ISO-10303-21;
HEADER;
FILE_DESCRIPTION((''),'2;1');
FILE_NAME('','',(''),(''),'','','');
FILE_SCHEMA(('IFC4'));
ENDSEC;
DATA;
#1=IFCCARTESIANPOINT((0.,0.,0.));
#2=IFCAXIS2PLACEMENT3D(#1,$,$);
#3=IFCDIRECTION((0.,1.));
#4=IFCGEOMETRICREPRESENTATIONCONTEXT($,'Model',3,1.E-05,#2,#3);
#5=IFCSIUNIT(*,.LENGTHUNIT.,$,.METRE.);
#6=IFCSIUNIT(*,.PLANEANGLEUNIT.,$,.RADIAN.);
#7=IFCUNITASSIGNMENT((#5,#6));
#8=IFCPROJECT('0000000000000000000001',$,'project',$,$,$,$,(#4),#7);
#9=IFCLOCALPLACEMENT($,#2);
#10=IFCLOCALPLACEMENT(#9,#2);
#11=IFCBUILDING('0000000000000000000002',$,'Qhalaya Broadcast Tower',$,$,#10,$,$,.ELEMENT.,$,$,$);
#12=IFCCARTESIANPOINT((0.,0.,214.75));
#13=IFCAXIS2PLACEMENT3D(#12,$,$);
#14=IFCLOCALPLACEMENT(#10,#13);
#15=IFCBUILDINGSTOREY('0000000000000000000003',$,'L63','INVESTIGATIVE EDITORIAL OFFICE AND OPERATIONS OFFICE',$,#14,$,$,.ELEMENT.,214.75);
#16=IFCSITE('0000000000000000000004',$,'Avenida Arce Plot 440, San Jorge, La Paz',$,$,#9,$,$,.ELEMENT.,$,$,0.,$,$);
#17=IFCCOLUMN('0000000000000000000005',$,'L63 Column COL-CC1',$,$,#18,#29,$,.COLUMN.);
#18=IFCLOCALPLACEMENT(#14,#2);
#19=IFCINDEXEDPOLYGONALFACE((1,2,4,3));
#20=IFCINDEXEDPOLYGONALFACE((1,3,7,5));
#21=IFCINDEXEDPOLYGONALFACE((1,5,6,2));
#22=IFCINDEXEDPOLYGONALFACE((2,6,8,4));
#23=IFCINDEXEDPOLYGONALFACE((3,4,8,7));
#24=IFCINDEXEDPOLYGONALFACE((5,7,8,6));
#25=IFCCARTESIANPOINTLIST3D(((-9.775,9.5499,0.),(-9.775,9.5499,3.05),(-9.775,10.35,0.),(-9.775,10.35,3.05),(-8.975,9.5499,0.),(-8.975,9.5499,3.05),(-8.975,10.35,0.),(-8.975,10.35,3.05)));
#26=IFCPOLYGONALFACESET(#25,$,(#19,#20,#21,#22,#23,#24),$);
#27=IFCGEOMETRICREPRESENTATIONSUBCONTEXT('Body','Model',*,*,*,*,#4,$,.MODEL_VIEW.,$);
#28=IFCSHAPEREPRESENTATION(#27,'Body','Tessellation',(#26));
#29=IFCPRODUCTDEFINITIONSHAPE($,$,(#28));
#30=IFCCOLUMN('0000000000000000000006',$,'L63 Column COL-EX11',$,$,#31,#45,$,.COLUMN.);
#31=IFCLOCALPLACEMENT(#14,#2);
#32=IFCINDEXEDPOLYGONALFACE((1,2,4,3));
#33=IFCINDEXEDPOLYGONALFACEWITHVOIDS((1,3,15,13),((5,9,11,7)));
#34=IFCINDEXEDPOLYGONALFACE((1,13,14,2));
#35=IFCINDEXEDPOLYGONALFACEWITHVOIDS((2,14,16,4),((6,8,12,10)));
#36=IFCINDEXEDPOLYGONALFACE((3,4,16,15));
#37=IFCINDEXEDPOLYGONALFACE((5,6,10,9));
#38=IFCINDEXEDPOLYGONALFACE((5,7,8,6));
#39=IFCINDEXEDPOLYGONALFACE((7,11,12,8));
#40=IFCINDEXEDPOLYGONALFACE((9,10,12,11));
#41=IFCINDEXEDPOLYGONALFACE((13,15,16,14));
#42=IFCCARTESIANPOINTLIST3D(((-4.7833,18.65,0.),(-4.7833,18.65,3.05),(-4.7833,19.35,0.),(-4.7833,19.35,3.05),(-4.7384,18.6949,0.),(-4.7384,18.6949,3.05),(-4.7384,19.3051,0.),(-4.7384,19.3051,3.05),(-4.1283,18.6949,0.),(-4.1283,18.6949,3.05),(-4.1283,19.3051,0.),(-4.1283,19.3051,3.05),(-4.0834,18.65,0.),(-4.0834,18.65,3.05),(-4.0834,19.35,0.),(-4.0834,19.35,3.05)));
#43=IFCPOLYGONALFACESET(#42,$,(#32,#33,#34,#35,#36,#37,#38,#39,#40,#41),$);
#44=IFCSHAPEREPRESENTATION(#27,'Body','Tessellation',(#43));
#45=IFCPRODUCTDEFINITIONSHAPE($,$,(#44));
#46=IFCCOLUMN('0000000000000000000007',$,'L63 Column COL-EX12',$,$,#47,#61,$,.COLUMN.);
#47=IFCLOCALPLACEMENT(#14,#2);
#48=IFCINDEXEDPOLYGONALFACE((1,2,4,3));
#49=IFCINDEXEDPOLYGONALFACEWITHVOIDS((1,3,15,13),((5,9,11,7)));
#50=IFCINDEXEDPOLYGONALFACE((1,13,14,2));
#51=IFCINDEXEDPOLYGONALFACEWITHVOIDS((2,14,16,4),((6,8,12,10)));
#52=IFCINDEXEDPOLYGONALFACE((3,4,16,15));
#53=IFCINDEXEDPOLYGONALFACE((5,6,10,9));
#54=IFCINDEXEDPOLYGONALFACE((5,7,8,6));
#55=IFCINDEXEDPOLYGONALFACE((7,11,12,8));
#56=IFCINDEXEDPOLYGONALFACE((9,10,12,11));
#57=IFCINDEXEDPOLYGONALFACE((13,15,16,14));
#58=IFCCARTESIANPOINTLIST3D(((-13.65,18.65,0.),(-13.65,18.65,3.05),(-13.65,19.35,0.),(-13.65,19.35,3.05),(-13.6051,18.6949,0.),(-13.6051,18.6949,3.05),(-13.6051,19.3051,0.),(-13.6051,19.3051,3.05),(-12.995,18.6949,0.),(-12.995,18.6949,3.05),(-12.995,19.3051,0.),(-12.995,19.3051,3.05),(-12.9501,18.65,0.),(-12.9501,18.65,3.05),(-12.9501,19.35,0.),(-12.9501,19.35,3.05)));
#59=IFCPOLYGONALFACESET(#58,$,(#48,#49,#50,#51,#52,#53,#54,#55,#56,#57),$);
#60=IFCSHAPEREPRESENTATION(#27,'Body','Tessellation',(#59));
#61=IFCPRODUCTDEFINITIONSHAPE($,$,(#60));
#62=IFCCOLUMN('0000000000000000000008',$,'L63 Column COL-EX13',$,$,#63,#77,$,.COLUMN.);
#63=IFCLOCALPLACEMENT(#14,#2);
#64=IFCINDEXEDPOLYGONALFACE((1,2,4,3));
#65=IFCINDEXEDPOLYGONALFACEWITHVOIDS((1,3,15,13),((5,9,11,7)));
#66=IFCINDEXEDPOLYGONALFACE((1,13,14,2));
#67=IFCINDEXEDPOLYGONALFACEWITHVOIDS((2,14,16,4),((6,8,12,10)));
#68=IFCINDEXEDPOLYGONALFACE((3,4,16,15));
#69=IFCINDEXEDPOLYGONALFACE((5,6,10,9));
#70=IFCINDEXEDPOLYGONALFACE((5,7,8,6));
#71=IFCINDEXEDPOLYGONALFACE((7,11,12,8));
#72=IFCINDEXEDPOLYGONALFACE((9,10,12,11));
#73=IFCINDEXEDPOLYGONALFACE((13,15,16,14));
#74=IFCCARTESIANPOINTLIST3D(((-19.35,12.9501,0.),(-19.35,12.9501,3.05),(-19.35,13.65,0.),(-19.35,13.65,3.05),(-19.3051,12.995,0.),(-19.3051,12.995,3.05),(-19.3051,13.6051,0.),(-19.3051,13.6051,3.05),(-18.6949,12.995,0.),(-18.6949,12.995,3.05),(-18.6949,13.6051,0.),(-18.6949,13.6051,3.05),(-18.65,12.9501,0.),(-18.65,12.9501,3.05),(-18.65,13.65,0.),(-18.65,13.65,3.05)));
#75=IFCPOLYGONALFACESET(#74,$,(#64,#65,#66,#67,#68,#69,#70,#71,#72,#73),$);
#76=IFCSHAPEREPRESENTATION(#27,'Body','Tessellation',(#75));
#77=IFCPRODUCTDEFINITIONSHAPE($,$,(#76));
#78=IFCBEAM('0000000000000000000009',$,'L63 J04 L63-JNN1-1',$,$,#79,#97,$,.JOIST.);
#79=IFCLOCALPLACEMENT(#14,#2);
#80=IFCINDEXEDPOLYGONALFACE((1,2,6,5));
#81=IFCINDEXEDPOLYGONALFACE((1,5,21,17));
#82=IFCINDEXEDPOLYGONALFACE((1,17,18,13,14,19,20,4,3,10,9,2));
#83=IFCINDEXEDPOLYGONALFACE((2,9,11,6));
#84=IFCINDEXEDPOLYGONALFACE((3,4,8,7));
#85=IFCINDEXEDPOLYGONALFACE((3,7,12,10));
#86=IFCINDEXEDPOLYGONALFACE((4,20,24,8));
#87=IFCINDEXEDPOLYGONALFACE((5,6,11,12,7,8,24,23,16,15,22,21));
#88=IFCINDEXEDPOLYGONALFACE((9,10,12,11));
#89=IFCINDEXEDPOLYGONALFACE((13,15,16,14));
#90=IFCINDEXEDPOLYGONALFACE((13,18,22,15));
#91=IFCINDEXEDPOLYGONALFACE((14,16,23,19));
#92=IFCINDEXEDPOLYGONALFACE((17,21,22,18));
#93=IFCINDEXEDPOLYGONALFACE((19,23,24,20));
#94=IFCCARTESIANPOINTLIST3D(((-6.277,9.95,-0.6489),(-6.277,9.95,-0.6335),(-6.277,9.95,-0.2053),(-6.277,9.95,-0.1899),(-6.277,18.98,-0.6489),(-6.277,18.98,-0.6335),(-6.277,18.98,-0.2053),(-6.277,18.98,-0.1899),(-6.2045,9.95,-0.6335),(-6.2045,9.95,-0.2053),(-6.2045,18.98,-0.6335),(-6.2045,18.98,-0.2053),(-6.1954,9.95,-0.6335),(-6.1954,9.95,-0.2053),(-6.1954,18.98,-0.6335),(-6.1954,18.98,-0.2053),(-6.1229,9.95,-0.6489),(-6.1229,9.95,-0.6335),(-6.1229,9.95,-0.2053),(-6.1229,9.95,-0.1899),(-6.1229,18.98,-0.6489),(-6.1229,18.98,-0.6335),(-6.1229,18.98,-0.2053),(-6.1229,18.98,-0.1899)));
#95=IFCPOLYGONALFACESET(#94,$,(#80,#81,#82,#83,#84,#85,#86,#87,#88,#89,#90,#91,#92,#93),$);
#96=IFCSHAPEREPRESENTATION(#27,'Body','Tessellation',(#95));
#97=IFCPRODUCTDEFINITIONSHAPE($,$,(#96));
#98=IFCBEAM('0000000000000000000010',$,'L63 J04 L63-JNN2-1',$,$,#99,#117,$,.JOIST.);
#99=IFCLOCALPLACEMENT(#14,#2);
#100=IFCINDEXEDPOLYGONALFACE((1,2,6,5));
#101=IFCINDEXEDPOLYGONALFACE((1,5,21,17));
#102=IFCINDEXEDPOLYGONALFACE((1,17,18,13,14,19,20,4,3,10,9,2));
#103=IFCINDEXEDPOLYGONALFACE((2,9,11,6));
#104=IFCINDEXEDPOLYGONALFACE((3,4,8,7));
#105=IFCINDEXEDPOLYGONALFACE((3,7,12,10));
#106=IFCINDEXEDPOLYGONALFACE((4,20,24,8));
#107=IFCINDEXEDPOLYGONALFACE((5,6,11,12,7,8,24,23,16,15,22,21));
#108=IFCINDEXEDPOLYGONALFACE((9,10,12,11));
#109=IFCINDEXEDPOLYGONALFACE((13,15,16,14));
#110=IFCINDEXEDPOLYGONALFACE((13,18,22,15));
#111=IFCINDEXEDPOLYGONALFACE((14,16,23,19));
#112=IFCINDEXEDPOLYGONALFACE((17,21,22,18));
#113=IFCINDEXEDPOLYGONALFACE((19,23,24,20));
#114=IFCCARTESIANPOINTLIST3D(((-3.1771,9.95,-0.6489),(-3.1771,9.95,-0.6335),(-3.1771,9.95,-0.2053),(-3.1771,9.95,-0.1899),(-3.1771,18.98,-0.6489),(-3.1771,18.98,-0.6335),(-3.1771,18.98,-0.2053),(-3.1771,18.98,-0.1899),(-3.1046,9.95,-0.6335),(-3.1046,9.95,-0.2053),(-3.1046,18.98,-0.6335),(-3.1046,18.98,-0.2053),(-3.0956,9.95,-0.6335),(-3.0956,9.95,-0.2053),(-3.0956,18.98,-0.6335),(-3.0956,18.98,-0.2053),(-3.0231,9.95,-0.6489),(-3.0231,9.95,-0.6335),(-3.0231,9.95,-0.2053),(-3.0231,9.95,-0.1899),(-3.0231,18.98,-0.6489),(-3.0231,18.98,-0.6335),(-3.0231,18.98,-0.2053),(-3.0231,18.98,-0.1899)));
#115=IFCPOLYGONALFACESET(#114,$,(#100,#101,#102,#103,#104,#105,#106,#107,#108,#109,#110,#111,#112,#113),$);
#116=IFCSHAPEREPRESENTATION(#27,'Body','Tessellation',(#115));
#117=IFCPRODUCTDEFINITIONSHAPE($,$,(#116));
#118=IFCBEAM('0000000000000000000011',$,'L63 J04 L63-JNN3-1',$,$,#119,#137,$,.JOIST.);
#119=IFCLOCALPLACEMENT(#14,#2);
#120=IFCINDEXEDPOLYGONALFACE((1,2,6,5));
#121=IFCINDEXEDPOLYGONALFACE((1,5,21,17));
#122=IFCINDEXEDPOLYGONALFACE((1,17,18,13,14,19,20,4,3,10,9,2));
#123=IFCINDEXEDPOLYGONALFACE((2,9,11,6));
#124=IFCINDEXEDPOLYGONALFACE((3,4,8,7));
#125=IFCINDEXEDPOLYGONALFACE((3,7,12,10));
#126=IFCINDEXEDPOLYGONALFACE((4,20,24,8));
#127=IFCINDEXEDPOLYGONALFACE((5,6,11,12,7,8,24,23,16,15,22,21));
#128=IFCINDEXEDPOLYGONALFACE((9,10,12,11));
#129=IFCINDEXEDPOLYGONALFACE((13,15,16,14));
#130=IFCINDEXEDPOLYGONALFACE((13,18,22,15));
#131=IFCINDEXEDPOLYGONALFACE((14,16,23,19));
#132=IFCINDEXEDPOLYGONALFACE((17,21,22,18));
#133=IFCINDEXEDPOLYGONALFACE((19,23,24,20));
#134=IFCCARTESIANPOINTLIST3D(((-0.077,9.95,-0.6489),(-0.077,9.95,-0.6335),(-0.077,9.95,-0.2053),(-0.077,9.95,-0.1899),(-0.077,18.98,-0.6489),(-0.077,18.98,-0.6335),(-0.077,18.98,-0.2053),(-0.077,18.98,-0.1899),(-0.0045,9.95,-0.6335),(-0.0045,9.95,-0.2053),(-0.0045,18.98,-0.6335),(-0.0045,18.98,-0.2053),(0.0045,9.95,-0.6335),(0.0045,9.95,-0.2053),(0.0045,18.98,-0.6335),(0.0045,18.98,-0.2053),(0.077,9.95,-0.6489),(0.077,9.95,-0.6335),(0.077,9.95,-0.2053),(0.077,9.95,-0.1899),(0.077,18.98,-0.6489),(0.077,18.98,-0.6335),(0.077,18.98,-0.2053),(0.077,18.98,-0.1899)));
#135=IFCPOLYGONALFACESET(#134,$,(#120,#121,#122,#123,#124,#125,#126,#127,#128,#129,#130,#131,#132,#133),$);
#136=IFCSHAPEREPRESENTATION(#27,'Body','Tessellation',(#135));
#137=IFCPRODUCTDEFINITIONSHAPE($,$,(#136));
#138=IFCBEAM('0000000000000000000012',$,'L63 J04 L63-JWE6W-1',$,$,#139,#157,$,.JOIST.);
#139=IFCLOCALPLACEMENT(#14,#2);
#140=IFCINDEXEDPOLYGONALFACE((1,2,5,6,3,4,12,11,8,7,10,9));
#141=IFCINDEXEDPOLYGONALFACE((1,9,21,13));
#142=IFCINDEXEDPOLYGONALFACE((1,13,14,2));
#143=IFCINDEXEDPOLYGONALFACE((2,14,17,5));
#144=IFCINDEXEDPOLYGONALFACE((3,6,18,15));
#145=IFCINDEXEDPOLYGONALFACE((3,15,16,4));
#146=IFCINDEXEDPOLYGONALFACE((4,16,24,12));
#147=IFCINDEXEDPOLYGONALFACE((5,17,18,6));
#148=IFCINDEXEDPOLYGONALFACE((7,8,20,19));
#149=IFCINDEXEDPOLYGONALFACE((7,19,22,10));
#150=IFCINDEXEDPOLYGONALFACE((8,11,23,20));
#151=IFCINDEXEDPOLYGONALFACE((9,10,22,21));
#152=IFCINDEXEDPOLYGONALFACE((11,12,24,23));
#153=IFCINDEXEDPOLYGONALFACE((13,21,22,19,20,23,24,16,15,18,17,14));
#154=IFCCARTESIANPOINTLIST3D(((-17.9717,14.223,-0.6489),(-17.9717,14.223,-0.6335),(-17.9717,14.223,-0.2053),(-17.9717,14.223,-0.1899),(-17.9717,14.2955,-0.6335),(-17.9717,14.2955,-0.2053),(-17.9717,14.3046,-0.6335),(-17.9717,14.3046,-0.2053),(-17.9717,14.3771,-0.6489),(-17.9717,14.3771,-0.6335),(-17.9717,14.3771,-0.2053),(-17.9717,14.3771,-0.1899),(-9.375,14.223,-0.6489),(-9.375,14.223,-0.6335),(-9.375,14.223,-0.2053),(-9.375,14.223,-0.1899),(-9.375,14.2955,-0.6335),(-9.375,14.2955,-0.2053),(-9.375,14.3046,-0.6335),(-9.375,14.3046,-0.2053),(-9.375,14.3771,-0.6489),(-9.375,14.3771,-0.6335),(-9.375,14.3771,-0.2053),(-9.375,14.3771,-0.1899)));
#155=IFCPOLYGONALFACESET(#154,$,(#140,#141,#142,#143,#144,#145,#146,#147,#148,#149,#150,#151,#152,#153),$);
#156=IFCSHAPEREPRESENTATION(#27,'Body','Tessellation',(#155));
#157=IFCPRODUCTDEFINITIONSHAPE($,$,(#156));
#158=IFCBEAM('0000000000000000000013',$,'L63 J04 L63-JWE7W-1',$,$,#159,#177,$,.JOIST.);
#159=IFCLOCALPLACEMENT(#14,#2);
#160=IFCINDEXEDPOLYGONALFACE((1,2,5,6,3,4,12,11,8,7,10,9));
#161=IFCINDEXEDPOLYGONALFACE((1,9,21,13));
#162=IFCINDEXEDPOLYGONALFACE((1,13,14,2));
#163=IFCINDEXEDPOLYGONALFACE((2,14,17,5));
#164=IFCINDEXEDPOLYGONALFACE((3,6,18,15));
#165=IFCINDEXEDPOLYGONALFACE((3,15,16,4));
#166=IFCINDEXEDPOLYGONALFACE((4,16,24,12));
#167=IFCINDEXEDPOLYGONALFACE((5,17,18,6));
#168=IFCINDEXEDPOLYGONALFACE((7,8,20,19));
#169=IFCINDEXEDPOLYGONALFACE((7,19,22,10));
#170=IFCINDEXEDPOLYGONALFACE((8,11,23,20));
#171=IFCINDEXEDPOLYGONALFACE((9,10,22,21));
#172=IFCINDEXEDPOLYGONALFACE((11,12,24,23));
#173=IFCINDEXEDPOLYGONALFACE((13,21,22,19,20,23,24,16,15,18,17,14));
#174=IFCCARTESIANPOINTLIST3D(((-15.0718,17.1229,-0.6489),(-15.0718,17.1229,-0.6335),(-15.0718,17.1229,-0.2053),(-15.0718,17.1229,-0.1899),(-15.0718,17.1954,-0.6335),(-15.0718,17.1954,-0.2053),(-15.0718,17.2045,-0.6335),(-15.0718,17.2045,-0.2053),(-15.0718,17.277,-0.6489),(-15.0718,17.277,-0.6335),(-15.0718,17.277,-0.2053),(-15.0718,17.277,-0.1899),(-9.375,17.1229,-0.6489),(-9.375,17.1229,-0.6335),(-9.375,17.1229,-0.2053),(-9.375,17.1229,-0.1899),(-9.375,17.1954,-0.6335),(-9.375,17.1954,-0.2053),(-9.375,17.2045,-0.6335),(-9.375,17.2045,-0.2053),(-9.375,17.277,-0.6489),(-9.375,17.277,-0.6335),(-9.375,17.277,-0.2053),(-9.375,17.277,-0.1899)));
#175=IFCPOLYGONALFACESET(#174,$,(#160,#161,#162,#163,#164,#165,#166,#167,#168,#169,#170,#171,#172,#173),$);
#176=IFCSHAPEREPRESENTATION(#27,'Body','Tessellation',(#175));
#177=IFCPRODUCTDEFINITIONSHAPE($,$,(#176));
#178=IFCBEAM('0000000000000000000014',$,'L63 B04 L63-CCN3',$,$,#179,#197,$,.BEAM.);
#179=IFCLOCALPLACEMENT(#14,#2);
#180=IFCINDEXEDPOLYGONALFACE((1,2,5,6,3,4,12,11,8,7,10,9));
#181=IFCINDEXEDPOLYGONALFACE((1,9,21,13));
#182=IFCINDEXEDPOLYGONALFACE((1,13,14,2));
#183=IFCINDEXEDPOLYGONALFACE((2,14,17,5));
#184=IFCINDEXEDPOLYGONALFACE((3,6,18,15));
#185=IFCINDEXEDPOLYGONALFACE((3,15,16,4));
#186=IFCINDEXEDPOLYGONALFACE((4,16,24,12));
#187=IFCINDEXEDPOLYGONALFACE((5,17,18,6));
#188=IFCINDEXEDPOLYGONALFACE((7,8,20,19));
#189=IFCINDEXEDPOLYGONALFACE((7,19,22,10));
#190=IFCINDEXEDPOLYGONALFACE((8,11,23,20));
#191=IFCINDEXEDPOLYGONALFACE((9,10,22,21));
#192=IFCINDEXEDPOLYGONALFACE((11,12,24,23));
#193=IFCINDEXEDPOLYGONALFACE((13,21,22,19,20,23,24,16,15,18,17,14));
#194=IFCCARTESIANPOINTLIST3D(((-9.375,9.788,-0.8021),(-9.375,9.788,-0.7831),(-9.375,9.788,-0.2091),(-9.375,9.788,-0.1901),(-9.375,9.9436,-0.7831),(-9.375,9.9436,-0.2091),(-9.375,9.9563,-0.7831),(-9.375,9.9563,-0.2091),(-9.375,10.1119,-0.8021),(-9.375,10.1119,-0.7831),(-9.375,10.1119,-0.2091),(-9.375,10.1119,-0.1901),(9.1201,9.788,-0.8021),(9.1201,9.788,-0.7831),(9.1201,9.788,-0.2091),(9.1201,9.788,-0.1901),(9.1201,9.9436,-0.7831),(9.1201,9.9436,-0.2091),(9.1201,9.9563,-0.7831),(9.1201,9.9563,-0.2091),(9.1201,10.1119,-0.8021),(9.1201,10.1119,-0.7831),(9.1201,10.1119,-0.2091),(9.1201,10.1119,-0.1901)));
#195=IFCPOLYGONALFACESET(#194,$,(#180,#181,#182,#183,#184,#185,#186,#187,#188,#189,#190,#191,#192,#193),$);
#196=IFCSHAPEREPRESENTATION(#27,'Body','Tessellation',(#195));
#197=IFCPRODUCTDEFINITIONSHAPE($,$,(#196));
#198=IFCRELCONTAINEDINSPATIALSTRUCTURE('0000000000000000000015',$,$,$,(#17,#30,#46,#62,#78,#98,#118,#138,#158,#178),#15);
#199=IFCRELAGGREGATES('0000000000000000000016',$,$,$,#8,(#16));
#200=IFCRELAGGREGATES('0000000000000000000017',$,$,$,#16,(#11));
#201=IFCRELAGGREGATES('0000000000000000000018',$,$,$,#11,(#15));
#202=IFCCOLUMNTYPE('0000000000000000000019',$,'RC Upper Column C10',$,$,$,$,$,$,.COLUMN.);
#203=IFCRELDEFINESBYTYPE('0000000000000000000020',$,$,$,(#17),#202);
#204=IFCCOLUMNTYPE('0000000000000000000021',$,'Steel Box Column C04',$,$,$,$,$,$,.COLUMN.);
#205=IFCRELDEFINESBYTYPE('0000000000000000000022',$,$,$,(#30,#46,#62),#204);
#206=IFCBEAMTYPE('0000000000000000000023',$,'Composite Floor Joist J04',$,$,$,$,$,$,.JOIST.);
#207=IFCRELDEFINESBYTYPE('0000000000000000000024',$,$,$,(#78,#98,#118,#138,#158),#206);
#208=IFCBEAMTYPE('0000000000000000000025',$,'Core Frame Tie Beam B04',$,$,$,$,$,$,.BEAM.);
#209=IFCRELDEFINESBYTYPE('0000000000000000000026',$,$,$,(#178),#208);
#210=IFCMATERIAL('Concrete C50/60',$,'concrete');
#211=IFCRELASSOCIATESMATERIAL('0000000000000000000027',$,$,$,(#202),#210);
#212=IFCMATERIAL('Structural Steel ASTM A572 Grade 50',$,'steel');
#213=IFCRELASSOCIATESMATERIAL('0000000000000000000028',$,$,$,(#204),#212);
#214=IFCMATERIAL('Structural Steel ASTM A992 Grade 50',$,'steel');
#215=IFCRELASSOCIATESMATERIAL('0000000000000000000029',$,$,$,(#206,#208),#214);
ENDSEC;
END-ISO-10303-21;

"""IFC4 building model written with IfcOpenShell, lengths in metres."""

from ifc_helpers import new_model, si_unit, direction, frame, origin, origin_2d, place, context, subcontext, project, spatial, rectangle, hollow_rectangle, i_section, extrude, material, material_profile, profile_set, type_object, element, save


model = new_model("IFC4")

# Units and contexts
model_context = context("Model", 3, precision=1e-05, world=origin(), true_north=direction((0.0, 1.0)))
body_context = subcontext(model_context, "Body", "Model", "MODEL_VIEW")
ifc_project = project(units=[si_unit("LENGTHUNIT", "METRE"), si_unit("PLANEANGLEUNIT", "RADIAN")], contexts=[model_context])

# Site, building, storey
site_placement = place(None, origin())
site = spatial("IfcSite", under=ifc_project, at=site_placement, Name="Avenida Arce Plot 440, San Jorge, La Paz", CompositionType="ELEMENT", RefElevation=0.0)
building_placement = place(site_placement, origin())
building = spatial("IfcBuilding", under=site, at=building_placement, Name="Qhalaya Broadcast Tower", CompositionType="ELEMENT")
storey_placement = place(building_placement, frame((0.0, 0.0, 214.75)))
storey = spatial("IfcBuildingStorey", under=building, at=storey_placement, Name="L63", Description="INVESTIGATIVE EDITORIAL OFFICE AND OPERATIONS OFFICE", CompositionType="ELEMENT", Elevation=214.75)

# Columns
ifc_material_1 = material(Name="Concrete C50/60", Category="concrete")
ifc_material_profile_1 = material_profile(ifc_material_1, rectangle(XDim=0.8, YDim=0.8, at=origin_2d()), Name="RC-COL 800x800")
ifc_profile_set_1 = profile_set([ifc_material_profile_1], Name="Concrete C50/60")
column_type_1 = type_object("IfcColumnType", Name="RC Upper Column C10", PredefinedType="COLUMN", material=ifc_profile_set_1)
column_placement = place(storey_placement, frame((-9.375, 9.95, 0.0), z_axis=(0.0, 0.0, 1.0), x_axis=(1.0, 0.0, 0.0)))
element("IfcColumn", 1, at=column_placement, inside=storey, type_object=column_type_1, Name="L63 Column COL-CC1", PredefinedType="COLUMN", context=body_context, shape_type="SweptSolid", body=[
    extrude(rectangle(XDim=0.8, YDim=0.8, at=origin_2d()), origin(), (0.0, 0.0, 1.0), 3.05),
])
ifc_material_2 = material(Name="Structural Steel ASTM A572 Grade 50", Category="steel")
ifc_material_profile_2 = material_profile(ifc_material_2, hollow_rectangle(XDim=0.7, YDim=0.7, WallThickness=0.0449, at=origin_2d()), Name="BOX 700x700x45")
ifc_profile_set_2 = profile_set([ifc_material_profile_2], Name="Structural Steel ASTM A572 Grade 50")
column_type_2 = type_object("IfcColumnType", Name="Steel Box Column C04", PredefinedType="COLUMN", material=ifc_profile_set_2)
for number, where, z_axis, x_axis, name in (
    (2, (-4.4333, 19.0, 0.0), (0.0, 0.0, 1.0), (1.0, 0.0, 0.0), "L63 Column COL-EX11"),
    (3, (-13.3, 19.0, 0.0), (0.0, 0.0, 1.0), (1.0, 0.0, 0.0), "L63 Column COL-EX12"),
    (4, (-19.0, 13.3, 0.0), (0.0, 0.0, 1.0), (0.0, 1.0, 0.0), "L63 Column COL-EX13"),
):
    element("IfcColumn", number, at=place(storey_placement, frame(where, z_axis=z_axis, x_axis=x_axis)), inside=storey, type_object=column_type_2, Name=name, PredefinedType="COLUMN", context=body_context, shape_type="SweptSolid", body=[
        extrude(hollow_rectangle(XDim=0.7, YDim=0.7, WallThickness=0.0449, at=origin_2d()), origin(), (0.0, 0.0, 1.0), 3.05),
    ])

# Beams
ifc_material_3 = material(Name="Structural Steel ASTM A992 Grade 50", Category="steel")
ifc_material_profile_3 = material_profile(ifc_material_3, i_section(OverallWidth=0.1541, OverallDepth=0.459, WebThickness=0.009, FlangeThickness=0.0154, at=origin_2d()), Name="W18X46")
ifc_profile_set_3 = profile_set([ifc_material_profile_3], Name="Structural Steel ASTM A992 Grade 50")
beam_type_1 = type_object("IfcBeamType", Name="Composite Floor Joist J04", PredefinedType="JOIST", material=ifc_profile_set_3)
for number, where, z_axis, x_axis, name in (
    (5, (-6.2, 9.95, -0.4194), (0.0, 1.0, 0.0), (-1.0, 0.0, 0.0), "L63 J04 L63-JNN1-1"),
    (6, (-3.1001, 9.95, -0.4194), (0.0, 1.0, 0.0), (-1.0, 0.0, 0.0), "L63 J04 L63-JNN2-1"),
    (7, (0.0, 9.95, -0.4194), (0.0, 1.0, 0.0), (-1.0, 0.0, 0.0), "L63 J04 L63-JNN3-1"),
):
    element("IfcBeam", number, at=place(storey_placement, frame(where, z_axis=z_axis, x_axis=x_axis)), inside=storey, type_object=beam_type_1, Name=name, PredefinedType="JOIST", context=body_context, shape_type="SweptSolid", body=[
        extrude(i_section(OverallWidth=0.1541, OverallDepth=0.459, WebThickness=0.009, FlangeThickness=0.0154, at=origin_2d()), origin(), (0.0, 0.0, 1.0), 9.03),
    ])
beam_1_placement = place(storey_placement, frame((-17.9717, 14.3, -0.4194), z_axis=(1.0, 0.0, 0.0), x_axis=(0.0, 1.0, 0.0)))
element("IfcBeam", 8, at=beam_1_placement, inside=storey, type_object=beam_type_1, Name="L63 J04 L63-JWE6W-1", PredefinedType="JOIST", context=body_context, shape_type="SweptSolid", body=[
    extrude(i_section(OverallWidth=0.1541, OverallDepth=0.459, WebThickness=0.009, FlangeThickness=0.0154, at=origin_2d()), origin(), (0.0, 0.0, 1.0), 8.5967),
])
beam_2_placement = place(storey_placement, frame((-15.0718, 17.2, -0.4194), z_axis=(1.0, 0.0, 0.0), x_axis=(0.0, 1.0, 0.0)))
element("IfcBeam", 9, at=beam_2_placement, inside=storey, type_object=beam_type_1, Name="L63 J04 L63-JWE7W-1", PredefinedType="JOIST", context=body_context, shape_type="SweptSolid", body=[
    extrude(i_section(OverallWidth=0.1541, OverallDepth=0.459, WebThickness=0.009, FlangeThickness=0.0154, at=origin_2d()), origin(), (0.0, 0.0, 1.0), 5.6968),
])
ifc_material_profile_4 = material_profile(ifc_material_3, i_section(OverallWidth=0.324, OverallDepth=0.6121, WebThickness=0.0127, FlangeThickness=0.019, at=origin_2d()), Name="W24X104")
ifc_profile_set_4 = profile_set([ifc_material_profile_4], Name="Structural Steel ASTM A992 Grade 50")
beam_type_2 = type_object("IfcBeamType", Name="Core Frame Tie Beam B04", PredefinedType="BEAM", material=ifc_profile_set_4)
beam_3_placement = place(storey_placement, frame((-9.375, 9.95, -0.4961), z_axis=(1.0, 0.0, 0.0), x_axis=(0.0, 1.0, 0.0)))
element("IfcBeam", 10, at=beam_3_placement, inside=storey, type_object=beam_type_2, Name="L63 B04 L63-CCN3", PredefinedType="BEAM", context=body_context, shape_type="SweptSolid", body=[
    extrude(i_section(OverallWidth=0.324, OverallDepth=0.6121, WebThickness=0.0127, FlangeThickness=0.019, at=origin_2d()), origin(), (0.0, 0.0, 1.0), 18.4951),
])

save(model, "model.ifc")
